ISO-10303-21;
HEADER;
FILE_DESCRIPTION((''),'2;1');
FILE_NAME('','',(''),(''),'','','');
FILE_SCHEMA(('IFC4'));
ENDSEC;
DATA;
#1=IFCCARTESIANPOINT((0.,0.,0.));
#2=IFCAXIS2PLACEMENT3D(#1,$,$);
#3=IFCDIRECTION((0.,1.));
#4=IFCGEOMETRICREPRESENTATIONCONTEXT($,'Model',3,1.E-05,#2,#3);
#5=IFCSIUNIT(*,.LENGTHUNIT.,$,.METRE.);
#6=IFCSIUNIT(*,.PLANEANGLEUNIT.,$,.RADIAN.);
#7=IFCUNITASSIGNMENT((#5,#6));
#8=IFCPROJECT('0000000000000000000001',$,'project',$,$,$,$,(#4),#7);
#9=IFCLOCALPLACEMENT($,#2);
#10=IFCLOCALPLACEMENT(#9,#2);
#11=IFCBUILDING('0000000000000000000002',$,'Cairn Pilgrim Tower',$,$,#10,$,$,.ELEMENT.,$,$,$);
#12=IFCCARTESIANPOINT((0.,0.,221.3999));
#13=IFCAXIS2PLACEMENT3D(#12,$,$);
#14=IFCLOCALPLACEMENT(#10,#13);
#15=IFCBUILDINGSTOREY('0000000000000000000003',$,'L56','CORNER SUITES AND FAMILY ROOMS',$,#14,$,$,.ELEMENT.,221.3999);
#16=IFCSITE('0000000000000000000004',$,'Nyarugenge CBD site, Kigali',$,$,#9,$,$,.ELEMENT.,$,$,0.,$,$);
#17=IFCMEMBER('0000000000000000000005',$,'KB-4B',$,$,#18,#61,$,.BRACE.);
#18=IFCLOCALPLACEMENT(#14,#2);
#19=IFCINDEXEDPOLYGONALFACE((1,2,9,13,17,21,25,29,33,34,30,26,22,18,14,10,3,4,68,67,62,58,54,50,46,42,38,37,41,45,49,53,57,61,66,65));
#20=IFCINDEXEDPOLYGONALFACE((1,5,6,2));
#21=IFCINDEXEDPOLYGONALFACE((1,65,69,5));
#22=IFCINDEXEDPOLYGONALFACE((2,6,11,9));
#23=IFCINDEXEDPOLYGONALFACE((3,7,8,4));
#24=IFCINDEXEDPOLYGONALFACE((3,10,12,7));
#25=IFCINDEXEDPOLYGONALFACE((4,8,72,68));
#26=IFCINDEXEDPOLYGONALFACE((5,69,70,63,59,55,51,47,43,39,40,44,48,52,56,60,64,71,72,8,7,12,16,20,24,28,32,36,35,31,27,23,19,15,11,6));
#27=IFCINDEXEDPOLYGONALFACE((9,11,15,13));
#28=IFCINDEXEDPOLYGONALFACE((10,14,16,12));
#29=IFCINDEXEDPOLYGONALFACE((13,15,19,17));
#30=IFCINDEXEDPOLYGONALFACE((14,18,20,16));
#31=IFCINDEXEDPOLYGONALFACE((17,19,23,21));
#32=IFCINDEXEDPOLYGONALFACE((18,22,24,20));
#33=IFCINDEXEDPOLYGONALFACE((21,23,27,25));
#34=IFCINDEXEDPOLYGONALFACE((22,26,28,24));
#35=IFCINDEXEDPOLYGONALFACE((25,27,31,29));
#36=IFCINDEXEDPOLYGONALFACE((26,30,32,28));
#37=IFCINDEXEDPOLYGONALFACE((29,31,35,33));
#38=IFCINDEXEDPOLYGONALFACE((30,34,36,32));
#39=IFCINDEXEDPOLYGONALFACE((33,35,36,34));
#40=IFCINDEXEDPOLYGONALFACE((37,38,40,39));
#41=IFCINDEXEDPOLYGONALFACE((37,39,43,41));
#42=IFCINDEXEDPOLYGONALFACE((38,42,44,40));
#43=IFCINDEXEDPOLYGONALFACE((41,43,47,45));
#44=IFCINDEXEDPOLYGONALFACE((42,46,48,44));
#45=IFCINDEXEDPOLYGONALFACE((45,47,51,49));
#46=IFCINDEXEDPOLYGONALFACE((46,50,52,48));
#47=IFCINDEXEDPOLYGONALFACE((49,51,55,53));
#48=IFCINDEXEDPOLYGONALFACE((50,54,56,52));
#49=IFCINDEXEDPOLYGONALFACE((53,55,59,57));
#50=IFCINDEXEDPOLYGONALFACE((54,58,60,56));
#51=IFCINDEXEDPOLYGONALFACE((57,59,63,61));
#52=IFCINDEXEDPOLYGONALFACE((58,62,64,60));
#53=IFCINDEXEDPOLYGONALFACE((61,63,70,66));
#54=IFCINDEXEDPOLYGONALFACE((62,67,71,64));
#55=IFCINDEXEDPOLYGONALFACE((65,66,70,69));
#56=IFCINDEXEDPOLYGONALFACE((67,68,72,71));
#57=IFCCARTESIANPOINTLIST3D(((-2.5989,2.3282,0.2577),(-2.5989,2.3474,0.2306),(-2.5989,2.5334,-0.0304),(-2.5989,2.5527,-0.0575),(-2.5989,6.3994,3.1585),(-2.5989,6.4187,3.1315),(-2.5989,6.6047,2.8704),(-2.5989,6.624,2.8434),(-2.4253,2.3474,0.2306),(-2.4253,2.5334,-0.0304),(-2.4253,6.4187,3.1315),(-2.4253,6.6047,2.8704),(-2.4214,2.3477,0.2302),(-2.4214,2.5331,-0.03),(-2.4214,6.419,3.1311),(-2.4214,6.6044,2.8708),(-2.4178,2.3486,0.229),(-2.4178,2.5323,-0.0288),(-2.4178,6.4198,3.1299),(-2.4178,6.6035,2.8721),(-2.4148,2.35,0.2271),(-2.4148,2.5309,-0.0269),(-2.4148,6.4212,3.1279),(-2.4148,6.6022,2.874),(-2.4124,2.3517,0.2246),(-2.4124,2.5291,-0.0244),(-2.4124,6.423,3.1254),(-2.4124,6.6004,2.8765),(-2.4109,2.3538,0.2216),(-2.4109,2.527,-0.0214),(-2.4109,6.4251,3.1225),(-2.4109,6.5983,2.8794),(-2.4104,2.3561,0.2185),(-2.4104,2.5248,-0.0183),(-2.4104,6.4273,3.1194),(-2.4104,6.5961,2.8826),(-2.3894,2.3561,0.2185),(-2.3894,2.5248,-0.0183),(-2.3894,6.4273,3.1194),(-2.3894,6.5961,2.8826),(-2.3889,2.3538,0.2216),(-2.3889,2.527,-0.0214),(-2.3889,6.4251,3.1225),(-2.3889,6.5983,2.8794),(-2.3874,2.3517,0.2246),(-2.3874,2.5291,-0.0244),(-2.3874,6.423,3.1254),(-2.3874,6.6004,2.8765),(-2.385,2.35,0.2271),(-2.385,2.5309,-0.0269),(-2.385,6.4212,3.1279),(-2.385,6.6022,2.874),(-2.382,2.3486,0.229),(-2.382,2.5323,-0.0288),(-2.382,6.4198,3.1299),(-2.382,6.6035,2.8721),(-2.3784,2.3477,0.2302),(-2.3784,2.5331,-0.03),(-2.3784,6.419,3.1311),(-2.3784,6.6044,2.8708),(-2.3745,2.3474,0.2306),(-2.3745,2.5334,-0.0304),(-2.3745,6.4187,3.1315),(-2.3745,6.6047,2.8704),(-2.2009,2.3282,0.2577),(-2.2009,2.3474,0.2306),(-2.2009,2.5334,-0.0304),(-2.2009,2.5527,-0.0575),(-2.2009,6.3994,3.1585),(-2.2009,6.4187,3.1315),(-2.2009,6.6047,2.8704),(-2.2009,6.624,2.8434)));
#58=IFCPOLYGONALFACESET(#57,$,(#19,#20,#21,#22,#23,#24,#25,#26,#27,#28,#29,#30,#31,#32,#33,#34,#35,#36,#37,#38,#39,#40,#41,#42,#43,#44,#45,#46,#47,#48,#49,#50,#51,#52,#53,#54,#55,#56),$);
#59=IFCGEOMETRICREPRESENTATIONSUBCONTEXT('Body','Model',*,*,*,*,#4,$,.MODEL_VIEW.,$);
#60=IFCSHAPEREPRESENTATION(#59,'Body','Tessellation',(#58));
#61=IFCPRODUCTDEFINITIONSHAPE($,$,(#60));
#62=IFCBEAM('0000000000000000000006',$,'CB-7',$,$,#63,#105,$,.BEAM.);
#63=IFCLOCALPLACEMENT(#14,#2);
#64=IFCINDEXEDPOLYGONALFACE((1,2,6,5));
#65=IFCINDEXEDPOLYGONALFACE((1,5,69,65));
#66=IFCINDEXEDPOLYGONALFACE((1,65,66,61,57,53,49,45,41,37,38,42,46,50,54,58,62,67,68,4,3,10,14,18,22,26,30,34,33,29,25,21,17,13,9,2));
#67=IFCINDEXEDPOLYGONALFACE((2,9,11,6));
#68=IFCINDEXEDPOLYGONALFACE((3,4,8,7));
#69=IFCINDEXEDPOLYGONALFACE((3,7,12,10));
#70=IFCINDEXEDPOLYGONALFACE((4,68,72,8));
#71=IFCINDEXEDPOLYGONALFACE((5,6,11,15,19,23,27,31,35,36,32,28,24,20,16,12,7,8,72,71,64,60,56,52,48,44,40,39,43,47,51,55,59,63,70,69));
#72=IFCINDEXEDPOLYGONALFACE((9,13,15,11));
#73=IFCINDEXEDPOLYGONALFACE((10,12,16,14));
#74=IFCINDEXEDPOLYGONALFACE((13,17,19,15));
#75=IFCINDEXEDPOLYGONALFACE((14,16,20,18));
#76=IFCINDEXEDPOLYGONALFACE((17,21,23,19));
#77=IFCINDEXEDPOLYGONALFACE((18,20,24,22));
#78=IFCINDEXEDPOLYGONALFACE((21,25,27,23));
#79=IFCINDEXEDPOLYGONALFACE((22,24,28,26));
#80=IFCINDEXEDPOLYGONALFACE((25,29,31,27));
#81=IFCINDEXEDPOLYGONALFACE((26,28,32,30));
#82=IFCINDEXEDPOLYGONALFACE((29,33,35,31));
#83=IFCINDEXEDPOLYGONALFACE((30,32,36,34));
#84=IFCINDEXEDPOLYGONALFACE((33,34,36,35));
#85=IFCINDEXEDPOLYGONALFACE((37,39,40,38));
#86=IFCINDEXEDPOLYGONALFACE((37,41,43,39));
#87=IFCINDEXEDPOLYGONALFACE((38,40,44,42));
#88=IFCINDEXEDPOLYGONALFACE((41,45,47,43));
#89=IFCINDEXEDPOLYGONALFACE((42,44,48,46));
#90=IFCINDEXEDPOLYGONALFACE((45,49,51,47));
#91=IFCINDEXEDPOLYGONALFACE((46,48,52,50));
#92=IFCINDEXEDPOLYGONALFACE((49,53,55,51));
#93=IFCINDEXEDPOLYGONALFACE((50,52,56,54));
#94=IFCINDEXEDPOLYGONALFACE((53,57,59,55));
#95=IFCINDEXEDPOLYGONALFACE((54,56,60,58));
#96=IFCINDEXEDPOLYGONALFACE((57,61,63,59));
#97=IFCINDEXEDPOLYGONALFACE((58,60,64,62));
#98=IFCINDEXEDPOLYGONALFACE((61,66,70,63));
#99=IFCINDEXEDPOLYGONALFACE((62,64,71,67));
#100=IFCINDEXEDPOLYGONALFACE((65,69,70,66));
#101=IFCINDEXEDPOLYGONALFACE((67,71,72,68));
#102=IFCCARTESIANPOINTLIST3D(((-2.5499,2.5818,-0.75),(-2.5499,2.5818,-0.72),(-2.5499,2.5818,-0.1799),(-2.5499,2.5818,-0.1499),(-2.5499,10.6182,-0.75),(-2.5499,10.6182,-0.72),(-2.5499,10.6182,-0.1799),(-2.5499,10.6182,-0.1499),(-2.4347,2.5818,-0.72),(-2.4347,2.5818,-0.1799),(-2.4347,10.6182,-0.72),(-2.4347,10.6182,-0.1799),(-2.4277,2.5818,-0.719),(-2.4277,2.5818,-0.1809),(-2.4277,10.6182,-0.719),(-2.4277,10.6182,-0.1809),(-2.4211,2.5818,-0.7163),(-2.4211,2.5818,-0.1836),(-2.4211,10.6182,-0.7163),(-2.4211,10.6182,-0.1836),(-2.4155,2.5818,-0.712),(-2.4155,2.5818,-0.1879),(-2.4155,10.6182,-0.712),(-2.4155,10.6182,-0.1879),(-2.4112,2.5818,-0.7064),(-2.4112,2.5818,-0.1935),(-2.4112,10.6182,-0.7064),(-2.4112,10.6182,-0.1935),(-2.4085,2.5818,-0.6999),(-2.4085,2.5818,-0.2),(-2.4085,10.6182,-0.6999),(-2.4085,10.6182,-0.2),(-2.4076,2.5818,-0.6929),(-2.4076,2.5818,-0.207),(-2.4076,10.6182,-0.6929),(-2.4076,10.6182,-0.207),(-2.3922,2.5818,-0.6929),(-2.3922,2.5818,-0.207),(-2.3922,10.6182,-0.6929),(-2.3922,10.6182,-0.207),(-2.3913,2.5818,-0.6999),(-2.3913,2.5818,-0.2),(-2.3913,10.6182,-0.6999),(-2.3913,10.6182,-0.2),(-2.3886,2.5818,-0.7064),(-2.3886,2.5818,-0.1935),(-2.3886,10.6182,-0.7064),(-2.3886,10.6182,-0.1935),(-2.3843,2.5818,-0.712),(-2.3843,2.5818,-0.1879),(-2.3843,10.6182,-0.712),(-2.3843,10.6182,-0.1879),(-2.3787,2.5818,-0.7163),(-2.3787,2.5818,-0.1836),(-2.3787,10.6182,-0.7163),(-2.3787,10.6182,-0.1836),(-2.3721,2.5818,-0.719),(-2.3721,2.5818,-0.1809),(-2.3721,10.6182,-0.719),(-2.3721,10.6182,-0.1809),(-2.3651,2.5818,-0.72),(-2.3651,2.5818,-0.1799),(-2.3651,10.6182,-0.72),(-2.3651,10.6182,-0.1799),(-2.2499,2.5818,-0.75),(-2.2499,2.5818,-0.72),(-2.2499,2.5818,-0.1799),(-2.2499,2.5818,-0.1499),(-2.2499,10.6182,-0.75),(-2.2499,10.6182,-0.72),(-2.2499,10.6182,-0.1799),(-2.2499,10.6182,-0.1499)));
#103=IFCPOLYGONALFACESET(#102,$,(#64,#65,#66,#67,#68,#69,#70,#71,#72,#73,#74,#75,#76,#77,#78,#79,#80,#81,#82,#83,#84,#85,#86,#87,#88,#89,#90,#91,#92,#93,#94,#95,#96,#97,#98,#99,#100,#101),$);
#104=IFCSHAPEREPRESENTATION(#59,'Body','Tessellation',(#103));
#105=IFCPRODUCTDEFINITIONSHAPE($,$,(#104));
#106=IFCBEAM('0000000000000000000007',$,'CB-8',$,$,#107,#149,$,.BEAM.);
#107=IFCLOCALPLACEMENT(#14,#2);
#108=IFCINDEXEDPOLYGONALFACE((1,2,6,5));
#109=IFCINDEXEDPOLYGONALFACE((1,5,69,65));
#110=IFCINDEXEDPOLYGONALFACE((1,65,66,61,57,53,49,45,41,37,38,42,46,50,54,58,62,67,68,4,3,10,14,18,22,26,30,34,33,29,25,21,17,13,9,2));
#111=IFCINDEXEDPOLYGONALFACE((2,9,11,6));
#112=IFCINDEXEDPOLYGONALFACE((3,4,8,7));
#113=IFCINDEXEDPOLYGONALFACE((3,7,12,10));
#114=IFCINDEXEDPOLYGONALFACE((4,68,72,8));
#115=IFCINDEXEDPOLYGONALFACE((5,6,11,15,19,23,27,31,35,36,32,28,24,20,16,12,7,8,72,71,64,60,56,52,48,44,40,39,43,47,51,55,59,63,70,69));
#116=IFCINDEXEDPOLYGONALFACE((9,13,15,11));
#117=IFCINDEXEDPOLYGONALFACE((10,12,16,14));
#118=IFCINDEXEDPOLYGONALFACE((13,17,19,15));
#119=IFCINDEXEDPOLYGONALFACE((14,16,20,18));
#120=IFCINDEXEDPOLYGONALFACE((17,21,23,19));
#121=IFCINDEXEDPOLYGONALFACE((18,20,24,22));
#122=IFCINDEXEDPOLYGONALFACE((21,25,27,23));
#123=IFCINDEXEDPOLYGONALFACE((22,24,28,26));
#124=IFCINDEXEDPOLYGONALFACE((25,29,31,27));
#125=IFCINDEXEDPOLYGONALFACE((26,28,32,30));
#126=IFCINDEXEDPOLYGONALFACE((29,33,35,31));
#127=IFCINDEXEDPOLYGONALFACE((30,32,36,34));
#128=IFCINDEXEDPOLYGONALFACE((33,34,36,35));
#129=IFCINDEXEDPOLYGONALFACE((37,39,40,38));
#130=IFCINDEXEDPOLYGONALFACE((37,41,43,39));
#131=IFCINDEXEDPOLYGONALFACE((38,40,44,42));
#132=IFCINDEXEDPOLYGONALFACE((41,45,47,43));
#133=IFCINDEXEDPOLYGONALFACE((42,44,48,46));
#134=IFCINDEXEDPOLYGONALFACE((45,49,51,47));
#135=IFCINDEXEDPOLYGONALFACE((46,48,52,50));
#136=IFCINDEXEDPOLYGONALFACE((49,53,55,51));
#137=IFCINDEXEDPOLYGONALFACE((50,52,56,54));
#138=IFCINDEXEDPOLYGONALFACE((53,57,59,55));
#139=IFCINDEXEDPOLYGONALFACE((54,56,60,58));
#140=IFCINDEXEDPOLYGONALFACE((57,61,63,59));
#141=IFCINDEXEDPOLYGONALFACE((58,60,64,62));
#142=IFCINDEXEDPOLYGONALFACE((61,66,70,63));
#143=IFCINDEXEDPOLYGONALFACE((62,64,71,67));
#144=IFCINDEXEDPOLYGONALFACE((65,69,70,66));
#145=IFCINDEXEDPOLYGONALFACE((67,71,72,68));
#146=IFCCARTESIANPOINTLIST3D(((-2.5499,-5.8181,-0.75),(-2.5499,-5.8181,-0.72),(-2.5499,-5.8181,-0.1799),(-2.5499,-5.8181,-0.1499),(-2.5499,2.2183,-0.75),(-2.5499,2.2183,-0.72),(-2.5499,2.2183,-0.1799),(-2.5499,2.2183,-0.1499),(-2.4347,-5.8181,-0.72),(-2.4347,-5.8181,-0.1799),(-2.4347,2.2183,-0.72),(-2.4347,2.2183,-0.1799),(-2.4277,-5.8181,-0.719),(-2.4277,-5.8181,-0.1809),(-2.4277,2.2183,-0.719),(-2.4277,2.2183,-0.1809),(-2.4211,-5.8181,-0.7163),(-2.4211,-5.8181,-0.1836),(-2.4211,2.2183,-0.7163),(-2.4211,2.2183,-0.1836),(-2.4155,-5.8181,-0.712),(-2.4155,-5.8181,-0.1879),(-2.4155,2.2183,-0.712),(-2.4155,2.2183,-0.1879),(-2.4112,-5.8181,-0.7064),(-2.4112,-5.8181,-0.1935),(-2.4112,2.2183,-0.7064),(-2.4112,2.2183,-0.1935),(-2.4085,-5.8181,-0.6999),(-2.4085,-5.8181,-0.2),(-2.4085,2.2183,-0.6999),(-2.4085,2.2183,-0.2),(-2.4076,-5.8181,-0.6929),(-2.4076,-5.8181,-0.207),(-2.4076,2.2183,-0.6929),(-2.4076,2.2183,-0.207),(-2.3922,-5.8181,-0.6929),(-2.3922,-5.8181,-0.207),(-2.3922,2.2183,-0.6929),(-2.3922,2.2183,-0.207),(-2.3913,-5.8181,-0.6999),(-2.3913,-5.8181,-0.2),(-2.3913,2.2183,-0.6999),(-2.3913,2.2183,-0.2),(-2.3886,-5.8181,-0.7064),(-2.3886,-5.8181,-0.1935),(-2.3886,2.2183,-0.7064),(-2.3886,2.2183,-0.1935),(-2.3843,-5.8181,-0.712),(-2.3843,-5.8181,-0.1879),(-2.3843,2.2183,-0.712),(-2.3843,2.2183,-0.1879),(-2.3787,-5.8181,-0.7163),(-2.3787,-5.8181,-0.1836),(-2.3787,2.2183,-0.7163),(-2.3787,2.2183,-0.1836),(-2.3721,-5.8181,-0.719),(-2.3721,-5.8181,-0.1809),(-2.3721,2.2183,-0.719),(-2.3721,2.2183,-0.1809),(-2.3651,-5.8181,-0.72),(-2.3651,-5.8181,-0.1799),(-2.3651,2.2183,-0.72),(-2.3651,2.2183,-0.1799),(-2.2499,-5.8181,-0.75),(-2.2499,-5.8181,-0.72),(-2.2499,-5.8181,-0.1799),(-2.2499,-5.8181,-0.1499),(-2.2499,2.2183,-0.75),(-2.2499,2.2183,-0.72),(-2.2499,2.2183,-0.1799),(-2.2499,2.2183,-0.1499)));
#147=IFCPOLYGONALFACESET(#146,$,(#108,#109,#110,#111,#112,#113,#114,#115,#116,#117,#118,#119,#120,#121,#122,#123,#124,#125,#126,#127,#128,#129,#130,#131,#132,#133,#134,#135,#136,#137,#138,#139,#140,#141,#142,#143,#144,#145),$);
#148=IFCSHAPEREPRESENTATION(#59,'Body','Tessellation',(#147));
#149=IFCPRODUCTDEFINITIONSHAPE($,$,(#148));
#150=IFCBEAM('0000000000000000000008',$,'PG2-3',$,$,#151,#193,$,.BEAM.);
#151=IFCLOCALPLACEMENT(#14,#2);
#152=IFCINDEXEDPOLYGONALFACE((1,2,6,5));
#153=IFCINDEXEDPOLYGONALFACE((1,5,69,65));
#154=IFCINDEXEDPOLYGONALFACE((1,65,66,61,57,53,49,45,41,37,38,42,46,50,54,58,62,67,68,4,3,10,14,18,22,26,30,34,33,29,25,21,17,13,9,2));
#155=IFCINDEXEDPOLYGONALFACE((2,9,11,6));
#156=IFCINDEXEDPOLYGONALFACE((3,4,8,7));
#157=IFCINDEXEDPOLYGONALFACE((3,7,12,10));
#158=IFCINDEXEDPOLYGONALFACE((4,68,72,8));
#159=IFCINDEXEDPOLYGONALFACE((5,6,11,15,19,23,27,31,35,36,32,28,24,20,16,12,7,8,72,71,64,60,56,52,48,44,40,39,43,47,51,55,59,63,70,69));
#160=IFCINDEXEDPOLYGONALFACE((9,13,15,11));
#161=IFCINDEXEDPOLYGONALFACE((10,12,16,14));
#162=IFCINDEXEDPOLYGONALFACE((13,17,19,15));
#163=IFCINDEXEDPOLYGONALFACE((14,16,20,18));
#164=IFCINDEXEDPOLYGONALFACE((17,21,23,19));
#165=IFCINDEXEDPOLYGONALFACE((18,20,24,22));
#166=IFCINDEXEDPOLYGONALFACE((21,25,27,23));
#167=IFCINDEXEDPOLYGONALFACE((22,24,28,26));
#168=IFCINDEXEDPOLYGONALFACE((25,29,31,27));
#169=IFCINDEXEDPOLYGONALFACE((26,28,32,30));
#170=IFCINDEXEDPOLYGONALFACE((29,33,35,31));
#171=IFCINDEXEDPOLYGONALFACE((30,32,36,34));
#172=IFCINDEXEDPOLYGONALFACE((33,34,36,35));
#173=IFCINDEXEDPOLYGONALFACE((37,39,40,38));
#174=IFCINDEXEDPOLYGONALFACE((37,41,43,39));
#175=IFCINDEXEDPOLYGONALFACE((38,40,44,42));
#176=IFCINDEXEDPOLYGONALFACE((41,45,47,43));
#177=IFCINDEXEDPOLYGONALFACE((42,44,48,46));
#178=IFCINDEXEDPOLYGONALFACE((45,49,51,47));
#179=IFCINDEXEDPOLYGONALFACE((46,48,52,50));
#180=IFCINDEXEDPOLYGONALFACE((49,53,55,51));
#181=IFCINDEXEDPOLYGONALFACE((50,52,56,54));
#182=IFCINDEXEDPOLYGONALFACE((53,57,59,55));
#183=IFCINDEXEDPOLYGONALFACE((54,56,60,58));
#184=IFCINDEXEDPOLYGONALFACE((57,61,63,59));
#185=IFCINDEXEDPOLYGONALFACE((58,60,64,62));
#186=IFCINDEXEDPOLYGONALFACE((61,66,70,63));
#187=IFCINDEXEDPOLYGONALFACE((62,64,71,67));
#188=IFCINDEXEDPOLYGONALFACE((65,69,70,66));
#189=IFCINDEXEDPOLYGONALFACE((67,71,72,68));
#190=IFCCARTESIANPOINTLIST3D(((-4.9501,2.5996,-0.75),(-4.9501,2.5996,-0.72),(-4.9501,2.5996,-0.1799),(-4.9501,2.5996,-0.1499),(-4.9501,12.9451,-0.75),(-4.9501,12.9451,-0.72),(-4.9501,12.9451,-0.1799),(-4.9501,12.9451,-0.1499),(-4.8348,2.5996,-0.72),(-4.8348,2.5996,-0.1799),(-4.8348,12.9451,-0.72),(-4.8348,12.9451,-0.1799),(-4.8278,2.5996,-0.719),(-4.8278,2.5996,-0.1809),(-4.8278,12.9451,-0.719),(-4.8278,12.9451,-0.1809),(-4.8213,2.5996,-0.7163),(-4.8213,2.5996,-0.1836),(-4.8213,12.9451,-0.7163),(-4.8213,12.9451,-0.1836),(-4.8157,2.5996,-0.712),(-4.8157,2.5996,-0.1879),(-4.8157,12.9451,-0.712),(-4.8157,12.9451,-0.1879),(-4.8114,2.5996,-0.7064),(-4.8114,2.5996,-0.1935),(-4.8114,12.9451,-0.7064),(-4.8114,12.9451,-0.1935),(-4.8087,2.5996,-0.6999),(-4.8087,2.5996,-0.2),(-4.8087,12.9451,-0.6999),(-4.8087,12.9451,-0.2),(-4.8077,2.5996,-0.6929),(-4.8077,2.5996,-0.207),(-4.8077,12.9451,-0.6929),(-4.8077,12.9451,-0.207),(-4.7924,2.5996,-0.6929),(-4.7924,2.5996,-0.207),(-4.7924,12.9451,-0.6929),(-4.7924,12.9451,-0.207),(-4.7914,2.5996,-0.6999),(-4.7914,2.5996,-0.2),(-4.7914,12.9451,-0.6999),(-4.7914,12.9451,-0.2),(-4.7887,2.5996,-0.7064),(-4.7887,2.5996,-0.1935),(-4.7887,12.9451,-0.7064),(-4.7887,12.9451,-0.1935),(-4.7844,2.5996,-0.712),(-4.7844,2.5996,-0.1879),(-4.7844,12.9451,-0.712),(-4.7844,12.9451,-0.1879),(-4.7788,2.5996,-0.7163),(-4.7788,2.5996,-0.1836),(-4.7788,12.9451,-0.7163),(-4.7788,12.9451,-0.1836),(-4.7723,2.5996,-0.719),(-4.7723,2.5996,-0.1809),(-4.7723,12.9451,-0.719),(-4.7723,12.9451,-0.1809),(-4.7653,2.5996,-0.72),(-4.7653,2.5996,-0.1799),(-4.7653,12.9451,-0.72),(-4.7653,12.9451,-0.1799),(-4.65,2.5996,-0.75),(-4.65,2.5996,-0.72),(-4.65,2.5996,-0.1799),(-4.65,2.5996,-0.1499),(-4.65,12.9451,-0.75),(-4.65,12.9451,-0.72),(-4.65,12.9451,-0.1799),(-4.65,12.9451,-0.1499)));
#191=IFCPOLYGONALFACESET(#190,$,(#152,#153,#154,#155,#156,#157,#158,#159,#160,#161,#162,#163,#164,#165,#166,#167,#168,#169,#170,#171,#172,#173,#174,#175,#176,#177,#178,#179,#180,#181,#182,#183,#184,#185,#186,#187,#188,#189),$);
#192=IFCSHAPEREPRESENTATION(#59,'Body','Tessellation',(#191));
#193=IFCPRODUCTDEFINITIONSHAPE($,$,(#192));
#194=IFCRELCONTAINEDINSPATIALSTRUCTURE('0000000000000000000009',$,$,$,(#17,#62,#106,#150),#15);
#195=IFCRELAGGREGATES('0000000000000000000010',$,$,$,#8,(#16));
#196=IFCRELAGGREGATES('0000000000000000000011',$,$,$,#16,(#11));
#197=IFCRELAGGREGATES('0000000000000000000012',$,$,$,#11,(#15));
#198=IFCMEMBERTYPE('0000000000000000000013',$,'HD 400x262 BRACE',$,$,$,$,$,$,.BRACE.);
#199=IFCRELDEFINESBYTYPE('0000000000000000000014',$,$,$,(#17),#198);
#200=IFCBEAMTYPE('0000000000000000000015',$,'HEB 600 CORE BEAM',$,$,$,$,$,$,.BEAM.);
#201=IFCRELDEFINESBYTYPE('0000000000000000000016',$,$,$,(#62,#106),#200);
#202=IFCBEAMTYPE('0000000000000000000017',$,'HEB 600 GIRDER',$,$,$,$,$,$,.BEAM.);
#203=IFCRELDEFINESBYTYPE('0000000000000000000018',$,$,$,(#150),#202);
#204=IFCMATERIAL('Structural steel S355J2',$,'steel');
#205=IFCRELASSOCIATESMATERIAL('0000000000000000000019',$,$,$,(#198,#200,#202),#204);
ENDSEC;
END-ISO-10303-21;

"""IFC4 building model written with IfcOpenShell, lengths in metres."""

from ifc_helpers import new_model, si_unit, direction, frame, origin, origin_2d, place, context, subcontext, project, spatial, i_section, extrude, material, material_profile, profile_set, type_object, element, save


model = new_model("IFC4")

# Units and contexts
model_context = context("Model", 3, precision=1e-05, world=origin(), true_north=direction((0.0, 1.0)))
body_context = subcontext(model_context, "Body", "Model", "MODEL_VIEW")
ifc_project = project(units=[si_unit("LENGTHUNIT", "METRE"), si_unit("PLANEANGLEUNIT", "RADIAN")], contexts=[model_context])

# Site, building, storey
site_placement = place(None, origin())
site = spatial("IfcSite", under=ifc_project, at=site_placement, Name="Nyarugenge CBD site, Kigali", CompositionType="ELEMENT", RefElevation=0.0)
building_placement = place(site_placement, origin())
building = spatial("IfcBuilding", under=site, at=building_placement, Name="Cairn Pilgrim Tower", CompositionType="ELEMENT")
storey_placement = place(building_placement, frame((0.0, 0.0, 221.3999)))
storey = spatial("IfcBuildingStorey", under=building, at=storey_placement, Name="L56", Description="CORNER SUITES AND FAMILY ROOMS", CompositionType="ELEMENT", Elevation=221.3999)

# Shared definitions
ifc_material_1 = material(Name="Structural steel S355J2", Category="steel")

# Member
ifc_material_profile_1 = material_profile(ifc_material_1, i_section(OverallWidth=0.3979, OverallDepth=0.387, WebThickness=0.021, FlangeThickness=0.0332, FilletRadius=0.0149, at=origin_2d()), Name="HD 400x262")
ifc_profile_set_1 = profile_set([ifc_material_profile_1], Name="Structural steel S355J2")
member_type_1 = type_object("IfcMemberType", Name="HD 400x262 BRACE", PredefinedType="BRACE", material=ifc_profile_set_1)
for number, where, z_axis, x_axis, name in (
    (1, (-2.3999, 2.4404, 0.1001), (0.0, 0.814413, 0.580286), (-1.0, 0.0, 0.0), "KB-4B"),
):
    element("IfcMember", number, at=place(storey_placement, frame(where, z_axis=z_axis, x_axis=x_axis)), inside=storey, type_object=member_type_1, Name=name, PredefinedType="BRACE", context=body_context, shape_type="SweptSolid", body=[
        extrude(i_section(OverallWidth=0.3979, OverallDepth=0.387, WebThickness=0.021, FlangeThickness=0.0332, FilletRadius=0.0149, at=origin_2d()), origin(), (0.0, 0.0, 1.0), 4.999),
    ])

# Beams
ifc_material_profile_2 = material_profile(ifc_material_1, i_section(OverallWidth=0.3, OverallDepth=0.6001, WebThickness=0.0154, FlangeThickness=0.03, FilletRadius=0.0271, at=origin_2d()), Name="HEB 600")
ifc_profile_set_2 = profile_set([ifc_material_profile_2], Name="Structural steel S355J2")
beam_type_1 = type_object("IfcBeamType", Name="HEB 600 CORE BEAM", PredefinedType="BEAM", material=ifc_profile_set_2)
for number, where, z_axis, x_axis, name in (
    (2, (-2.3999, 10.6182, -0.45), (0.0, -1.0, 0.0), (1.0, 0.0, 0.0), "CB-7"),
    (3, (-2.3999, 2.2183, -0.45), (0.0, -1.0, 0.0), (1.0, 0.0, 0.0), "CB-8"),
):
    element("IfcBeam", number, at=place(storey_placement, frame(where, z_axis=z_axis, x_axis=x_axis)), inside=storey, type_object=beam_type_1, Name=name, PredefinedType="BEAM", context=body_context, shape_type="SweptSolid", body=[
        extrude(i_section(OverallWidth=0.3, OverallDepth=0.6001, WebThickness=0.0154, FlangeThickness=0.03, FilletRadius=0.0271, at=origin_2d()), origin(), (0.0, 0.0, 1.0), 8.0364),
    ])
ifc_material_profile_3 = material_profile(ifc_material_1, i_section(OverallWidth=0.3, OverallDepth=0.6001, WebThickness=0.0154, FlangeThickness=0.03, FilletRadius=0.0271, at=origin_2d()), Name="HEB 600")
ifc_profile_set_3 = profile_set([ifc_material_profile_3], Name="Structural steel S355J2")
beam_type_2 = type_object("IfcBeamType", Name="HEB 600 GIRDER", PredefinedType="BEAM", material=ifc_profile_set_3)
beam_1_placement = place(storey_placement, frame((-4.8, 2.5996, -0.45), z_axis=(0.0, 1.0, 0.0), x_axis=(-1.0, 0.0, 0.0)))
element("IfcBeam", 4, at=beam_1_placement, inside=storey, type_object=beam_type_2, Name="PG2-3", PredefinedType="BEAM", context=body_context, shape_type="SweptSolid", body=[
    extrude(i_section(OverallWidth=0.3, OverallDepth=0.6001, WebThickness=0.0154, FlangeThickness=0.03, FilletRadius=0.0271, at=origin_2d()), origin(), (0.0, 0.0, 1.0), 10.3455),
])

save(model, "model.ifc")
